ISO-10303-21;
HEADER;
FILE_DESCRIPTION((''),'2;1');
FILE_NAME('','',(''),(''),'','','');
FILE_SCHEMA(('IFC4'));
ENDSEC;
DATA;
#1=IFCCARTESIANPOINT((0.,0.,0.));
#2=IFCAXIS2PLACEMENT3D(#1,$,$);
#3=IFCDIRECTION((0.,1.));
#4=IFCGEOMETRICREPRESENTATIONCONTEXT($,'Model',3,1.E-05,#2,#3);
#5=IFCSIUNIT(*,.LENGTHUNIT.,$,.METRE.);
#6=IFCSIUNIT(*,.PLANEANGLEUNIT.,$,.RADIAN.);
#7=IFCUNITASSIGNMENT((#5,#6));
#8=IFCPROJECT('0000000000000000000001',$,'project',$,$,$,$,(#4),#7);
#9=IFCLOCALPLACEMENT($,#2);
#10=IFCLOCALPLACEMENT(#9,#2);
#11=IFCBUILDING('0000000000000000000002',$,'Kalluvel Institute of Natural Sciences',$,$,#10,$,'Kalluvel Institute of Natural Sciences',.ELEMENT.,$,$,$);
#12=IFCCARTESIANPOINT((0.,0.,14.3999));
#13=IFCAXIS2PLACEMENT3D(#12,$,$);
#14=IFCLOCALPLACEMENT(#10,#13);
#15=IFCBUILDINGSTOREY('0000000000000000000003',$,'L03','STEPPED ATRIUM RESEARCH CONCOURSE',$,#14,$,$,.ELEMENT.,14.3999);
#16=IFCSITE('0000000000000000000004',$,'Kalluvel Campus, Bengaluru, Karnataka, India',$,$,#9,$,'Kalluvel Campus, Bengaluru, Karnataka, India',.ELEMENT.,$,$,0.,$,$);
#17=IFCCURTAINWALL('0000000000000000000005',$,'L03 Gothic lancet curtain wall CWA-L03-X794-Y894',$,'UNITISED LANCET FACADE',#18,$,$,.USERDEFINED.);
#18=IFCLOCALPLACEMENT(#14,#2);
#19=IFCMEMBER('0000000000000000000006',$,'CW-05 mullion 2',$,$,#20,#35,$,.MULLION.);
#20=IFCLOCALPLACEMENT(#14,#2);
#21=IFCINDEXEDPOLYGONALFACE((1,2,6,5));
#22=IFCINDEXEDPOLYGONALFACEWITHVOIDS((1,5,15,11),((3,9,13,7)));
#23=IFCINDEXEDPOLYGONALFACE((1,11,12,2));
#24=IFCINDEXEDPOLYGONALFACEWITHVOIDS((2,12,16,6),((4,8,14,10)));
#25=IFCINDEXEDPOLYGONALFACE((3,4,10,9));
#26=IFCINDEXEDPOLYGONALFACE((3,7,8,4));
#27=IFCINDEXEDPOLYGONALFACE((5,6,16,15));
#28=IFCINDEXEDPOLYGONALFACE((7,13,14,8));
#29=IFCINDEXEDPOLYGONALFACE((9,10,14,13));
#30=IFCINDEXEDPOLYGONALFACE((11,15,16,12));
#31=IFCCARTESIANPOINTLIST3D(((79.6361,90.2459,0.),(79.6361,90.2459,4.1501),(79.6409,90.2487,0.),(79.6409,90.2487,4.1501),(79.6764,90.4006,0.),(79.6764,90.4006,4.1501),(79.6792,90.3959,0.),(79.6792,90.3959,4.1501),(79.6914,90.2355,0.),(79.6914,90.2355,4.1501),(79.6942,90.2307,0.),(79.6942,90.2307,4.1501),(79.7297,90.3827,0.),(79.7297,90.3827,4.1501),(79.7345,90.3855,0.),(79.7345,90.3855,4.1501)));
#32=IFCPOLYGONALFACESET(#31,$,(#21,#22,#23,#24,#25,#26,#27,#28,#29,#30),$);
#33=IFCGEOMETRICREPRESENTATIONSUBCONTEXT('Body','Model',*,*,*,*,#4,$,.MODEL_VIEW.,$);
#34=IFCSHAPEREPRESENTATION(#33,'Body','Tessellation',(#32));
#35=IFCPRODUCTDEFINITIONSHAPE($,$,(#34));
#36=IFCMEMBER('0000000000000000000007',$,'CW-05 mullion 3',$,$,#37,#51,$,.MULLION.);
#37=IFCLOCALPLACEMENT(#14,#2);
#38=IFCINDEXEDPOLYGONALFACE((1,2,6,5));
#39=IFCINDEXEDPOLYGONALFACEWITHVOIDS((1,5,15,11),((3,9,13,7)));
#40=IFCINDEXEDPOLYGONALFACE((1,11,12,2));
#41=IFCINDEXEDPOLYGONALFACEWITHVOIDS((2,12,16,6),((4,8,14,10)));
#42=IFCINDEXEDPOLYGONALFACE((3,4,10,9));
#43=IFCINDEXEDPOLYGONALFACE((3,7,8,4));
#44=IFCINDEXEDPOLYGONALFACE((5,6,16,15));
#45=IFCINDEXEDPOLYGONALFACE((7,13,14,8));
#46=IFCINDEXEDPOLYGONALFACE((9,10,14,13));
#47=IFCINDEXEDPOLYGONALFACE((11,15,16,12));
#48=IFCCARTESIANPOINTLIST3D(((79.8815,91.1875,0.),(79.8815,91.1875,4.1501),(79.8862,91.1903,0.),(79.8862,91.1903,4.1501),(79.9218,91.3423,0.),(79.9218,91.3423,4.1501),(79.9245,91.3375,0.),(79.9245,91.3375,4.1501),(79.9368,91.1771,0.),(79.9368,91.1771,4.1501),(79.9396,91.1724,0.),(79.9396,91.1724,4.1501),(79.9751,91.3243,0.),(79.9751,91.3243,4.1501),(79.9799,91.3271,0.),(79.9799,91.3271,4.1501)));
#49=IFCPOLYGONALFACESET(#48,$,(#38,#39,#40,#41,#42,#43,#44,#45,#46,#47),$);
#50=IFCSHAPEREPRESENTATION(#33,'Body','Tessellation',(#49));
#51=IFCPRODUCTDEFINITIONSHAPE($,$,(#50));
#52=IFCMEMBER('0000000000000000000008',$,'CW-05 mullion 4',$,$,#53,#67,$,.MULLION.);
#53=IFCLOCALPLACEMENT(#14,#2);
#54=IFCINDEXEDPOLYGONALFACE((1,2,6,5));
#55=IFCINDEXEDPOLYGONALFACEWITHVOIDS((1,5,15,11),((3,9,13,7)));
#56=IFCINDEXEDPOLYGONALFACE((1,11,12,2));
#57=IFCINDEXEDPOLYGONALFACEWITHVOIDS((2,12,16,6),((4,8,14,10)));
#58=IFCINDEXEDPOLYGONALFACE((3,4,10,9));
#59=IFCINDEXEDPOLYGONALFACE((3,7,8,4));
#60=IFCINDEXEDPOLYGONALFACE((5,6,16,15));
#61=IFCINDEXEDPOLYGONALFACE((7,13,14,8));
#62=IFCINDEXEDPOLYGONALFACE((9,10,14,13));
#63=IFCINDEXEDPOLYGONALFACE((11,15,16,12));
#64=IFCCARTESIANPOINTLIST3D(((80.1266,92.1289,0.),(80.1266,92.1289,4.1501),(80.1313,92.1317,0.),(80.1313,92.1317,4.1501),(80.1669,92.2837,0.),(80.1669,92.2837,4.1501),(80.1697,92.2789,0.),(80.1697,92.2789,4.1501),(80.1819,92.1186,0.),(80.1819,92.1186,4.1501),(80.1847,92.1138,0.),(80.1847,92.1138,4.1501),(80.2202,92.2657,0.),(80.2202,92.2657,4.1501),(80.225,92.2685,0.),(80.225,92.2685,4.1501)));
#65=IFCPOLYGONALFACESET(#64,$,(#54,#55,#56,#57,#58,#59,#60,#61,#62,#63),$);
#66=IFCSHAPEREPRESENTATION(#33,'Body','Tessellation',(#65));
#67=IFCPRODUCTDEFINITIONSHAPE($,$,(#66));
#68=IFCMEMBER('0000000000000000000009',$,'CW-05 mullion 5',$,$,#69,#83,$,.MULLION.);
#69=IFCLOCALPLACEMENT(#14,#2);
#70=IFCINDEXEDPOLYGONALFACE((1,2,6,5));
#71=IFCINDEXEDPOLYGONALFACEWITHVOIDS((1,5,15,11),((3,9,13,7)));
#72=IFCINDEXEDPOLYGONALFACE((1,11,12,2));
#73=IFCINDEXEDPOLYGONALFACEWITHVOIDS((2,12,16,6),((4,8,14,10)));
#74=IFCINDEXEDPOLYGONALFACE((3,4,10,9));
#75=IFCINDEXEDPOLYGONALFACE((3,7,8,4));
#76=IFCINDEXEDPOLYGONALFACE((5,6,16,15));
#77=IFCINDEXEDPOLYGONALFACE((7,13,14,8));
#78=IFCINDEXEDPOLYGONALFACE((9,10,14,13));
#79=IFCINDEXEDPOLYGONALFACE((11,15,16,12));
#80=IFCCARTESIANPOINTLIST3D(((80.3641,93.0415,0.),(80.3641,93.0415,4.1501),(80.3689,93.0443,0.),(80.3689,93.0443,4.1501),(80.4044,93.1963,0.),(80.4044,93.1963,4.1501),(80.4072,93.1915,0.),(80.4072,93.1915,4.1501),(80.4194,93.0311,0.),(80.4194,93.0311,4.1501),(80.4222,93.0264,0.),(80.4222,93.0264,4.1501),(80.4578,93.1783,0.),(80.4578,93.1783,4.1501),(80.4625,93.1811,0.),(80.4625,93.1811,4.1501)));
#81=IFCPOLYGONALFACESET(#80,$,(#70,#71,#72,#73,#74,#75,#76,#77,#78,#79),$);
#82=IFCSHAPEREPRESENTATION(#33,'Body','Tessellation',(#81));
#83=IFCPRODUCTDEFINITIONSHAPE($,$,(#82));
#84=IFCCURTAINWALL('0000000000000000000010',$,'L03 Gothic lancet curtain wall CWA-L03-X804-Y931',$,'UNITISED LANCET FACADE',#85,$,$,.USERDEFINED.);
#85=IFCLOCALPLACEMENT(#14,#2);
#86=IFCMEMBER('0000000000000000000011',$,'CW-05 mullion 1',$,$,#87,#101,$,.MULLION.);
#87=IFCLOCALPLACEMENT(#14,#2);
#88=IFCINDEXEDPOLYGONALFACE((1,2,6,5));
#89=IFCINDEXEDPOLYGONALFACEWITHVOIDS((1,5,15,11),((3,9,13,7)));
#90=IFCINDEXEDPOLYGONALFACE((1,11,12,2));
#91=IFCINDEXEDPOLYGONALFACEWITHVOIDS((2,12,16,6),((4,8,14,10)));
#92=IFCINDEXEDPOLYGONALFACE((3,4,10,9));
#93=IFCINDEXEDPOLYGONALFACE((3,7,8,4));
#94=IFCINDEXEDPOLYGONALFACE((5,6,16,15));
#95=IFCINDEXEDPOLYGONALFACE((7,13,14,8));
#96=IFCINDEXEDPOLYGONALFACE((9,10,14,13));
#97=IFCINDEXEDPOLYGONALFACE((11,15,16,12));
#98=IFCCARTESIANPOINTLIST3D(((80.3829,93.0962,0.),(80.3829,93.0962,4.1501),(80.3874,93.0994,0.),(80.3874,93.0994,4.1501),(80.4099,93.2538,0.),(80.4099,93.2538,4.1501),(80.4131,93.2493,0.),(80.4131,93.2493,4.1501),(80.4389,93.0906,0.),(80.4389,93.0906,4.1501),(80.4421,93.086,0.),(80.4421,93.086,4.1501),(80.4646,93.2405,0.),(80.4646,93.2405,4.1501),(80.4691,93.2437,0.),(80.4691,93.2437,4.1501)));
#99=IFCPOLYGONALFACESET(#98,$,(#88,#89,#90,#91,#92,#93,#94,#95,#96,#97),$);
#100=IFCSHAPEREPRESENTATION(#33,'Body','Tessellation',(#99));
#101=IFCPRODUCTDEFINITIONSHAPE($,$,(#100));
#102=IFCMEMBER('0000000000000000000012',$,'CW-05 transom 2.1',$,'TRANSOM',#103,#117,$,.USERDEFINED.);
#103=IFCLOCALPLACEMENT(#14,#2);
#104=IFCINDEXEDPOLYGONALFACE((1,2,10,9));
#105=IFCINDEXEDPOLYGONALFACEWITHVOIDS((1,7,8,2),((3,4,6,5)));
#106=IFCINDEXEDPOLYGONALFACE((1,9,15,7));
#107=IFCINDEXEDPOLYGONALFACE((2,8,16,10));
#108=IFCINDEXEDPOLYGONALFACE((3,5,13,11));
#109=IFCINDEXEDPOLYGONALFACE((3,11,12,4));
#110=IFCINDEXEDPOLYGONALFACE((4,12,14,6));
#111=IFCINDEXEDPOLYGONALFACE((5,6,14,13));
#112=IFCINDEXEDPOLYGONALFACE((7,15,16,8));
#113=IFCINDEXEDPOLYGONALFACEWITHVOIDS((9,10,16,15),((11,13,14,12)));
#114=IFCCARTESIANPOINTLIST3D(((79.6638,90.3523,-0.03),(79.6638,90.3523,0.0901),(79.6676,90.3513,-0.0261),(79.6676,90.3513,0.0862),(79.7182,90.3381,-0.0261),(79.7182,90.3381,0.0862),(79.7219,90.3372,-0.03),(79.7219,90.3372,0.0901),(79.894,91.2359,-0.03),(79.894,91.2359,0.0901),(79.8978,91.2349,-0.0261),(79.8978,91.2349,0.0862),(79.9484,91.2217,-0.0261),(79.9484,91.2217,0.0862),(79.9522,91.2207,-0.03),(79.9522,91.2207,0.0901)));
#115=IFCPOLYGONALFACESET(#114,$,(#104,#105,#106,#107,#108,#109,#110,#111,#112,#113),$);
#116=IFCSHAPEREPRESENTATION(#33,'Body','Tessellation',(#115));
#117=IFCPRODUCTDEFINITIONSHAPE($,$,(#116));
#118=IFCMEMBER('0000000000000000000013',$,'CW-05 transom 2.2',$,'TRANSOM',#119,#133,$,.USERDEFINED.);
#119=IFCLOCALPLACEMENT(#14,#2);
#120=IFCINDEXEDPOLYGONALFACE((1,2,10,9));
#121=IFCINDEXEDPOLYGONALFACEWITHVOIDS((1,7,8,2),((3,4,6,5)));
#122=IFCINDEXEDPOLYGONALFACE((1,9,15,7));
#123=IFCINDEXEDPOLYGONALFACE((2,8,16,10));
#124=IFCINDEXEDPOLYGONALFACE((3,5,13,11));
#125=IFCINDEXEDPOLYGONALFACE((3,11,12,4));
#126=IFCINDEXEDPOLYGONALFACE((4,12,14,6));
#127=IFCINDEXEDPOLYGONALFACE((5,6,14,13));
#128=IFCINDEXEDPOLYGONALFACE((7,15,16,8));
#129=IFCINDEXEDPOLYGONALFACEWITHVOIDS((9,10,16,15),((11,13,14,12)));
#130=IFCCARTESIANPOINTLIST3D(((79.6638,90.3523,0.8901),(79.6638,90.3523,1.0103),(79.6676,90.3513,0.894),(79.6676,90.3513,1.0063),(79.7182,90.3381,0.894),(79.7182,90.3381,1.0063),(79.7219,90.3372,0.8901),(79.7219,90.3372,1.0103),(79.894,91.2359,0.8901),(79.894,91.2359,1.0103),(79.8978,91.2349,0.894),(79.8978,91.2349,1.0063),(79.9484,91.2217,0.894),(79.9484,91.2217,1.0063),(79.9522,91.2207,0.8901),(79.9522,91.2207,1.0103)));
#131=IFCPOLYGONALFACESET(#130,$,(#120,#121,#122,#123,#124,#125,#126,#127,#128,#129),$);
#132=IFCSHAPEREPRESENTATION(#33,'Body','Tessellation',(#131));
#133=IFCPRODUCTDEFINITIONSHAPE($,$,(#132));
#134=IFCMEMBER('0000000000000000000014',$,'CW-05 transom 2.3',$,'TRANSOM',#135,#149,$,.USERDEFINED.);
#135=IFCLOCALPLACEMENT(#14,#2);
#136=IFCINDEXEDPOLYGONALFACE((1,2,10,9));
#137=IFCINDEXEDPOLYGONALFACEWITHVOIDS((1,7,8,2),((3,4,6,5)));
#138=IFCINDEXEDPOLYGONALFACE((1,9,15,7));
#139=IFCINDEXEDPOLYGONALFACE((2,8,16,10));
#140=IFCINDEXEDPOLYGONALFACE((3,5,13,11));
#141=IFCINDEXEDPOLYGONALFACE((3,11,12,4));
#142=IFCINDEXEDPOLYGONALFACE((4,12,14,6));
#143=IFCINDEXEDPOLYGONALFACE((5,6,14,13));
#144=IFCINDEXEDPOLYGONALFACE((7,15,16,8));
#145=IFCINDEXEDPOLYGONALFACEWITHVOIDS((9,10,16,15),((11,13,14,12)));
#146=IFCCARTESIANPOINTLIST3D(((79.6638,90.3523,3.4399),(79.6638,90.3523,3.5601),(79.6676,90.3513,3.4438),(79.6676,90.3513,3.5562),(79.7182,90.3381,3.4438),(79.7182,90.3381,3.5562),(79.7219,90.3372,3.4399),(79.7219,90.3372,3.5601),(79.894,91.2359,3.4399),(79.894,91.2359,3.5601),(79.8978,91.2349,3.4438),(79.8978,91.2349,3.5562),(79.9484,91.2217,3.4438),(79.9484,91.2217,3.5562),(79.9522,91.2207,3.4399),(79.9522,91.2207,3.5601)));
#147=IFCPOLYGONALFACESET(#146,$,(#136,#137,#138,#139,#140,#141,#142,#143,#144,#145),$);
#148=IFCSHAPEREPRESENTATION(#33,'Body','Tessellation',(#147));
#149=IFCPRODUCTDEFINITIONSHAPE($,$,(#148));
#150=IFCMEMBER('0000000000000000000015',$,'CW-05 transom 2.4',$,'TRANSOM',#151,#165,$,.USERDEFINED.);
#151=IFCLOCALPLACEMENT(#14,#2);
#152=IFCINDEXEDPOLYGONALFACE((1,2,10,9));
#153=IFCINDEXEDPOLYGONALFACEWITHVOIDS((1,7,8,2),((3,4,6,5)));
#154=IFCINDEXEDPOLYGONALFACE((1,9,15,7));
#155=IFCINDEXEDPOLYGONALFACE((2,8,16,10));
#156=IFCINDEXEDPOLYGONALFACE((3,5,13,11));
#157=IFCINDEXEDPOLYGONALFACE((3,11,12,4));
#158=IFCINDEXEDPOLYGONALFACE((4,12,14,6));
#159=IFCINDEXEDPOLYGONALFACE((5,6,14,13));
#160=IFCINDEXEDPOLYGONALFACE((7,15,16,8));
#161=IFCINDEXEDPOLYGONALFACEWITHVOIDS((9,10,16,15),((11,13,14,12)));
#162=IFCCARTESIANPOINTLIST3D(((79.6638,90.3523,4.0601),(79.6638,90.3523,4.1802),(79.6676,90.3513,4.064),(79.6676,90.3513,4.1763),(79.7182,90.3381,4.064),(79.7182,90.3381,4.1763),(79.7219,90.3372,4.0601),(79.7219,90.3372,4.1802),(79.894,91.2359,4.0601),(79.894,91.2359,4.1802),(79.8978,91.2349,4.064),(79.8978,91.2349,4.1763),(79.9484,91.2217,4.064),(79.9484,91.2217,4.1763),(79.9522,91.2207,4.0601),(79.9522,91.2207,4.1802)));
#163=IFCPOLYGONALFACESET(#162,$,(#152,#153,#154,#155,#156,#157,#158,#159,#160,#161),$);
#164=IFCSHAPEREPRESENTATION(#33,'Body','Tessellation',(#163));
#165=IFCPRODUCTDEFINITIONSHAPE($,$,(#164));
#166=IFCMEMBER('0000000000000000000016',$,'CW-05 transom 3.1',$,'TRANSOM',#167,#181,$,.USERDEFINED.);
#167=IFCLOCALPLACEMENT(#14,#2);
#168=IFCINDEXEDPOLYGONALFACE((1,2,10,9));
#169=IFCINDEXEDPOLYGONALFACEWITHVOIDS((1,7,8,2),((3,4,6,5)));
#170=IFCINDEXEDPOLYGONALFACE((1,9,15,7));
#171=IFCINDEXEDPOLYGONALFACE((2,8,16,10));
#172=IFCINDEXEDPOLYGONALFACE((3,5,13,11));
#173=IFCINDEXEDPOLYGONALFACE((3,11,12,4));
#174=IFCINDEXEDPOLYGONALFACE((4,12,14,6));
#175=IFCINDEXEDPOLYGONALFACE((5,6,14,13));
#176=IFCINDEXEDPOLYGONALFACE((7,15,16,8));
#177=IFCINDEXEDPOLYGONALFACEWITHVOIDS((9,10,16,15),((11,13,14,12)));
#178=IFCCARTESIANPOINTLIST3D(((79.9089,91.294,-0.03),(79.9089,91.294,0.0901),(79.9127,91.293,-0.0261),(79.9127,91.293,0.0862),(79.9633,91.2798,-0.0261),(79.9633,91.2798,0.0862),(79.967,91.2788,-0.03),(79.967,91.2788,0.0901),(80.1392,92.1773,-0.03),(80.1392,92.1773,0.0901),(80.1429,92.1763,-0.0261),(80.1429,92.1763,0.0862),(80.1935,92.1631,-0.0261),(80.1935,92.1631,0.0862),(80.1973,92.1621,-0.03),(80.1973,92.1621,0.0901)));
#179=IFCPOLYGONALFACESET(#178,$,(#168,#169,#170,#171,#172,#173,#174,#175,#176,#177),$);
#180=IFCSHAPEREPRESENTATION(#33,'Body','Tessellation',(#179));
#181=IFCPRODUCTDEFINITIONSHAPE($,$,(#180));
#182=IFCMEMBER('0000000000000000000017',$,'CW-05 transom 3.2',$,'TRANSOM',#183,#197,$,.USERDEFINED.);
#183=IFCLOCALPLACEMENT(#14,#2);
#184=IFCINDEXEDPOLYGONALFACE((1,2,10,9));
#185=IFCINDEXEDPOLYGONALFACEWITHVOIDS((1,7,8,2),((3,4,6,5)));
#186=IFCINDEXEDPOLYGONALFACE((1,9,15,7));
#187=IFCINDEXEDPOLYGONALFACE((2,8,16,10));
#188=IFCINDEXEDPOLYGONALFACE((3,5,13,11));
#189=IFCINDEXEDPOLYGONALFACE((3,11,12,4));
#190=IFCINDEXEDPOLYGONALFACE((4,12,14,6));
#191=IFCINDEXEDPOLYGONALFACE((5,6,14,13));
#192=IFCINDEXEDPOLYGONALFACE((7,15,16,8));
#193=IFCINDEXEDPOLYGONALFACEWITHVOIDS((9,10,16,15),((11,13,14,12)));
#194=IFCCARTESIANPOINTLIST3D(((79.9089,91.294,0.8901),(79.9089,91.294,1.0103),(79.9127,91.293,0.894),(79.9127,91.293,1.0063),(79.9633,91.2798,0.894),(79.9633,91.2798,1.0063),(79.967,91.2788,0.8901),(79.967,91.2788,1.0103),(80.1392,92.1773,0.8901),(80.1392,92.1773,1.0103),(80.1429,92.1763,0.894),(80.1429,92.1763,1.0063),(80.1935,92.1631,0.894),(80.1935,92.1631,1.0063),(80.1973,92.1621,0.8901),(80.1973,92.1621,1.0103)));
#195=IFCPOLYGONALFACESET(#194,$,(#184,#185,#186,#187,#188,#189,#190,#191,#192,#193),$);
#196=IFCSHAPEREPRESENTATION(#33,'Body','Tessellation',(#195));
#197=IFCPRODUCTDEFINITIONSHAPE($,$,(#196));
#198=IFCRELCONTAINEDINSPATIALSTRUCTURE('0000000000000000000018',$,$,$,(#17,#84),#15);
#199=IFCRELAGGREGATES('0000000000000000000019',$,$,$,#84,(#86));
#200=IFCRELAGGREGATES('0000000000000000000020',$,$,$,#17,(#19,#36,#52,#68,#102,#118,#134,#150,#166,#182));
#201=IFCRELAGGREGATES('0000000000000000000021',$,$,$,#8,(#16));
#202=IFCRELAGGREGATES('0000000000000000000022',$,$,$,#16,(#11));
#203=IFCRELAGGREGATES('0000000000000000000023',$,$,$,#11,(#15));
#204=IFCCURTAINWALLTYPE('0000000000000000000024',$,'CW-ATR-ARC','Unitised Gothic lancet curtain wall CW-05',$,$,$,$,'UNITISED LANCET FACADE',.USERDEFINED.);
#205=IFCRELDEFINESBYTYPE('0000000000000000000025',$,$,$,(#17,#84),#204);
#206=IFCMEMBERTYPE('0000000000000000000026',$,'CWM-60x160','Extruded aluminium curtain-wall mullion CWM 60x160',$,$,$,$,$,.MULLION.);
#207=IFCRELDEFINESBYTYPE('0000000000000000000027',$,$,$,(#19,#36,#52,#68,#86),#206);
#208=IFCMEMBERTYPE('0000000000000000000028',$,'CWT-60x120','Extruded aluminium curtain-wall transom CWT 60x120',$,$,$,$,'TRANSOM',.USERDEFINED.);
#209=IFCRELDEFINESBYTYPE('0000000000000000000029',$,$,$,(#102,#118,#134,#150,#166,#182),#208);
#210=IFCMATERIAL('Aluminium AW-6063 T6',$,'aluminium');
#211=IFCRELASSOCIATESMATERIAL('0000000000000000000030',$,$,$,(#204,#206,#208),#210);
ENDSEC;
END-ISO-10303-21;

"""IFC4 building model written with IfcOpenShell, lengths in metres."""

from ifc_helpers import new_model, si_unit, direction, frame, origin, origin_2d, place, context, subcontext, project, spatial, hollow_rectangle, extrude, material, material_profile, profile_set, type_object, element, aggregate, save


model = new_model("IFC4")

# Units and contexts
model_context = context("Model", 3, precision=1e-05, world=origin(), true_north=direction((0.0, 1.0)))
body_context = subcontext(model_context, "Body", "Model", "MODEL_VIEW")
ifc_project = project(units=[si_unit("LENGTHUNIT", "METRE"), si_unit("PLANEANGLEUNIT", "RADIAN")], contexts=[model_context])

# Site, building, storey
site_placement = place(None, origin())
site = spatial("IfcSite", under=ifc_project, at=site_placement, Name="Kalluvel Campus, Bengaluru, Karnataka, India", LongName="Kalluvel Campus, Bengaluru, Karnataka, India", CompositionType="ELEMENT", RefElevation=0.0)
building_placement = place(site_placement, origin())
building = spatial("IfcBuilding", under=site, at=building_placement, Name="Kalluvel Institute of Natural Sciences", LongName="Kalluvel Institute of Natural Sciences", CompositionType="ELEMENT")
storey_placement = place(building_placement, frame((0.0, 0.0, 14.3999)))
storey = spatial("IfcBuildingStorey", under=building, at=storey_placement, Name="L03", Description="STEPPED ATRIUM RESEARCH CONCOURSE", CompositionType="ELEMENT", Elevation=14.3999)

# Curtain wall, members
ifc_material_1 = material(Name="Aluminium AW-6063 T6", Category="aluminium")
curtain_wall_type = type_object("IfcCurtainWallType", Name="CW-ATR-ARC", Description="Unitised Gothic lancet curtain wall CW-05", ElementType="UNITISED LANCET FACADE", PredefinedType="USERDEFINED", material=ifc_material_1)
curtain_wall_1_placement = place(storey_placement, origin())
curtain_wall_1 = element("IfcCurtainWall", 1, at=curtain_wall_1_placement, inside=storey, type_object=curtain_wall_type, Name="L03 Gothic lancet curtain wall CWA-L03-X794-Y894", ObjectType="UNITISED LANCET FACADE", PredefinedType="USERDEFINED")
ifc_material_profile_1 = material_profile(ifc_material_1, hollow_rectangle(XDim=0.0601, YDim=0.1599, WallThickness=0.0039, at=origin_2d()), Name="CWM 60x160")
ifc_profile_set_1 = profile_set([ifc_material_profile_1], Name="Aluminium AW-6063 T6")
member_type_1 = type_object("IfcMemberType", Name="CWM-60x160", Description="Extruded aluminium curtain-wall mullion CWM 60x160", PredefinedType="MULLION", material=ifc_profile_set_1)
member_1_placement = place(storey_placement, frame((79.6853, 90.3157, 0.0), z_axis=(0.0, 0.0, 1.0), x_axis=(-0.967731, 0.251986, 0.0)))
member_1 = element("IfcMember", 2, at=member_1_placement, type_object=member_type_1, Name="CW-05 mullion 2", PredefinedType="MULLION", context=body_context, shape_type="SweptSolid", body=[
    extrude(hollow_rectangle(XDim=0.0601, YDim=0.1599, WallThickness=0.0039, at=origin_2d()), origin(), (0.0, 0.0, 1.0), 4.1501),
])
member_2_placement = place(storey_placement, frame((79.9307, 91.2573, 0.0), z_axis=(0.0, 0.0, 1.0), x_axis=(-0.967731, 0.251986, 0.0)))
member_2 = element("IfcMember", 3, at=member_2_placement, type_object=member_type_1, Name="CW-05 mullion 3", PredefinedType="MULLION", context=body_context, shape_type="SweptSolid", body=[
    extrude(hollow_rectangle(XDim=0.0601, YDim=0.1599, WallThickness=0.0039, at=origin_2d()), origin(), (0.0, 0.0, 1.0), 4.1501),
])
member_3_placement = place(storey_placement, frame((80.1758, 92.1987, 0.0), z_axis=(0.0, 0.0, 1.0), x_axis=(-0.967731, 0.251986, 0.0)))
member_3 = element("IfcMember", 4, at=member_3_placement, type_object=member_type_1, Name="CW-05 mullion 4", PredefinedType="MULLION", context=body_context, shape_type="SweptSolid", body=[
    extrude(hollow_rectangle(XDim=0.0601, YDim=0.1599, WallThickness=0.0039, at=origin_2d()), origin(), (0.0, 0.0, 1.0), 4.1501),
])
member_4_placement = place(storey_placement, frame((80.4133, 93.1113, 0.0), z_axis=(0.0, 0.0, 1.0), x_axis=(-0.967731, 0.251986, 0.0)))
member_4 = element("IfcMember", 5, at=member_4_placement, type_object=member_type_1, Name="CW-05 mullion 5", PredefinedType="MULLION", context=body_context, shape_type="SweptSolid", body=[
    extrude(hollow_rectangle(XDim=0.0601, YDim=0.1599, WallThickness=0.0039, at=origin_2d()), origin(), (0.0, 0.0, 1.0), 4.1501),
])

# Curtain wall, member
curtain_wall_2_placement = place(storey_placement, origin())
curtain_wall_2 = element("IfcCurtainWall", 6, at=curtain_wall_2_placement, inside=storey, type_object=curtain_wall_type, Name="L03 Gothic lancet curtain wall CWA-L03-X804-Y931", ObjectType="UNITISED LANCET FACADE", PredefinedType="USERDEFINED")
member_5_placement = place(storey_placement, frame((80.426, 93.1699, 0.0), z_axis=(0.0, 0.0, 1.0), x_axis=(-0.985617, 0.168997, 0.0)))
member_5 = element("IfcMember", 7, at=member_5_placement, type_object=member_type_1, Name="CW-05 mullion 1", PredefinedType="MULLION", context=body_context, shape_type="SweptSolid", body=[
    extrude(hollow_rectangle(XDim=0.0601, YDim=0.1599, WallThickness=0.0039, at=origin_2d()), origin(), (0.0, 0.0, 1.0), 4.1501),
])

# Members
ifc_material_profile_2 = material_profile(ifc_material_1, hollow_rectangle(XDim=0.0601, YDim=0.1201, WallThickness=0.0039, at=origin_2d()), Name="CWT 60x120")
ifc_profile_set_2 = profile_set([ifc_material_profile_2], Name="Aluminium AW-6063 T6")
member_type_2 = type_object("IfcMemberType", Name="CWT-60x120", Description="Extruded aluminium curtain-wall transom CWT 60x120", ElementType="TRANSOM", PredefinedType="USERDEFINED", material=ifc_profile_set_2)
member_6_placement = place(storey_placement, frame((79.6929, 90.3447, 0.03), z_axis=(0.25215, 0.967688, 0.0), x_axis=(-0.967688, 0.25215, 0.0)))
member_6 = element("IfcMember", 8, at=member_6_placement, type_object=member_type_2, Name="CW-05 transom 2.1", ObjectType="TRANSOM", PredefinedType="USERDEFINED", context=body_context, shape_type="SweptSolid", body=[
    extrude(hollow_rectangle(XDim=0.0601, YDim=0.1201, WallThickness=0.0039, at=origin_2d()), origin(), (0.0, 0.0, 1.0), 0.9131),
])
member_7_placement = place(storey_placement, frame((79.6929, 90.3447, 0.9502), z_axis=(0.25215, 0.967688, 0.0), x_axis=(-0.967688, 0.25215, 0.0)))
member_7 = element("IfcMember", 9, at=member_7_placement, type_object=member_type_2, Name="CW-05 transom 2.2", ObjectType="TRANSOM", PredefinedType="USERDEFINED", context=body_context, shape_type="SweptSolid", body=[
    extrude(hollow_rectangle(XDim=0.0601, YDim=0.1201, WallThickness=0.0039, at=origin_2d()), origin(), (0.0, 0.0, 1.0), 0.9131),
])
member_8_placement = place(storey_placement, frame((79.6929, 90.3447, 3.5), z_axis=(0.25215, 0.967688, 0.0), x_axis=(-0.967688, 0.25215, 0.0)))
member_8 = element("IfcMember", 10, at=member_8_placement, type_object=member_type_2, Name="CW-05 transom 2.3", ObjectType="TRANSOM", PredefinedType="USERDEFINED", context=body_context, shape_type="SweptSolid", body=[
    extrude(hollow_rectangle(XDim=0.0601, YDim=0.1201, WallThickness=0.0039, at=origin_2d()), origin(), (0.0, 0.0, 1.0), 0.9131),
])
member_9_placement = place(storey_placement, frame((79.6929, 90.3447, 4.1201), z_axis=(0.25215, 0.967688, 0.0), x_axis=(-0.967688, 0.25215, 0.0)))
member_9 = element("IfcMember", 11, at=member_9_placement, type_object=member_type_2, Name="CW-05 transom 2.4", ObjectType="TRANSOM", PredefinedType="USERDEFINED", context=body_context, shape_type="SweptSolid", body=[
    extrude(hollow_rectangle(XDim=0.0601, YDim=0.1201, WallThickness=0.0039, at=origin_2d()), origin(), (0.0, 0.0, 1.0), 0.9131),
])
member_10_placement = place(storey_placement, frame((79.938, 91.2864, 0.03), z_axis=(0.252215, 0.967671, 0.0), x_axis=(-0.967671, 0.252215, 0.0)))
member_10 = element("IfcMember", 12, at=member_10_placement, type_object=member_type_2, Name="CW-05 transom 3.1", ObjectType="TRANSOM", PredefinedType="USERDEFINED", context=body_context, shape_type="SweptSolid", body=[
    extrude(hollow_rectangle(XDim=0.0601, YDim=0.1201, WallThickness=0.0039, at=origin_2d()), origin(), (0.0, 0.0, 1.0), 0.9128),
])
member_11_placement = place(storey_placement, frame((79.938, 91.2864, 0.9502), z_axis=(0.252215, 0.967671, 0.0), x_axis=(-0.967671, 0.252215, 0.0)))
member_11 = element("IfcMember", 13, at=member_11_placement, type_object=member_type_2, Name="CW-05 transom 3.2", ObjectType="TRANSOM", PredefinedType="USERDEFINED", context=body_context, shape_type="SweptSolid", body=[
    extrude(hollow_rectangle(XDim=0.0601, YDim=0.1201, WallThickness=0.0039, at=origin_2d()), origin(), (0.0, 0.0, 1.0), 0.9128),
])
aggregate(curtain_wall_2, [member_5])

aggregate(curtain_wall_1, [member_1, member_2, member_3, member_4, member_6, member_7, member_8, member_9, member_10, member_11])

save(model, "model.ifc")
